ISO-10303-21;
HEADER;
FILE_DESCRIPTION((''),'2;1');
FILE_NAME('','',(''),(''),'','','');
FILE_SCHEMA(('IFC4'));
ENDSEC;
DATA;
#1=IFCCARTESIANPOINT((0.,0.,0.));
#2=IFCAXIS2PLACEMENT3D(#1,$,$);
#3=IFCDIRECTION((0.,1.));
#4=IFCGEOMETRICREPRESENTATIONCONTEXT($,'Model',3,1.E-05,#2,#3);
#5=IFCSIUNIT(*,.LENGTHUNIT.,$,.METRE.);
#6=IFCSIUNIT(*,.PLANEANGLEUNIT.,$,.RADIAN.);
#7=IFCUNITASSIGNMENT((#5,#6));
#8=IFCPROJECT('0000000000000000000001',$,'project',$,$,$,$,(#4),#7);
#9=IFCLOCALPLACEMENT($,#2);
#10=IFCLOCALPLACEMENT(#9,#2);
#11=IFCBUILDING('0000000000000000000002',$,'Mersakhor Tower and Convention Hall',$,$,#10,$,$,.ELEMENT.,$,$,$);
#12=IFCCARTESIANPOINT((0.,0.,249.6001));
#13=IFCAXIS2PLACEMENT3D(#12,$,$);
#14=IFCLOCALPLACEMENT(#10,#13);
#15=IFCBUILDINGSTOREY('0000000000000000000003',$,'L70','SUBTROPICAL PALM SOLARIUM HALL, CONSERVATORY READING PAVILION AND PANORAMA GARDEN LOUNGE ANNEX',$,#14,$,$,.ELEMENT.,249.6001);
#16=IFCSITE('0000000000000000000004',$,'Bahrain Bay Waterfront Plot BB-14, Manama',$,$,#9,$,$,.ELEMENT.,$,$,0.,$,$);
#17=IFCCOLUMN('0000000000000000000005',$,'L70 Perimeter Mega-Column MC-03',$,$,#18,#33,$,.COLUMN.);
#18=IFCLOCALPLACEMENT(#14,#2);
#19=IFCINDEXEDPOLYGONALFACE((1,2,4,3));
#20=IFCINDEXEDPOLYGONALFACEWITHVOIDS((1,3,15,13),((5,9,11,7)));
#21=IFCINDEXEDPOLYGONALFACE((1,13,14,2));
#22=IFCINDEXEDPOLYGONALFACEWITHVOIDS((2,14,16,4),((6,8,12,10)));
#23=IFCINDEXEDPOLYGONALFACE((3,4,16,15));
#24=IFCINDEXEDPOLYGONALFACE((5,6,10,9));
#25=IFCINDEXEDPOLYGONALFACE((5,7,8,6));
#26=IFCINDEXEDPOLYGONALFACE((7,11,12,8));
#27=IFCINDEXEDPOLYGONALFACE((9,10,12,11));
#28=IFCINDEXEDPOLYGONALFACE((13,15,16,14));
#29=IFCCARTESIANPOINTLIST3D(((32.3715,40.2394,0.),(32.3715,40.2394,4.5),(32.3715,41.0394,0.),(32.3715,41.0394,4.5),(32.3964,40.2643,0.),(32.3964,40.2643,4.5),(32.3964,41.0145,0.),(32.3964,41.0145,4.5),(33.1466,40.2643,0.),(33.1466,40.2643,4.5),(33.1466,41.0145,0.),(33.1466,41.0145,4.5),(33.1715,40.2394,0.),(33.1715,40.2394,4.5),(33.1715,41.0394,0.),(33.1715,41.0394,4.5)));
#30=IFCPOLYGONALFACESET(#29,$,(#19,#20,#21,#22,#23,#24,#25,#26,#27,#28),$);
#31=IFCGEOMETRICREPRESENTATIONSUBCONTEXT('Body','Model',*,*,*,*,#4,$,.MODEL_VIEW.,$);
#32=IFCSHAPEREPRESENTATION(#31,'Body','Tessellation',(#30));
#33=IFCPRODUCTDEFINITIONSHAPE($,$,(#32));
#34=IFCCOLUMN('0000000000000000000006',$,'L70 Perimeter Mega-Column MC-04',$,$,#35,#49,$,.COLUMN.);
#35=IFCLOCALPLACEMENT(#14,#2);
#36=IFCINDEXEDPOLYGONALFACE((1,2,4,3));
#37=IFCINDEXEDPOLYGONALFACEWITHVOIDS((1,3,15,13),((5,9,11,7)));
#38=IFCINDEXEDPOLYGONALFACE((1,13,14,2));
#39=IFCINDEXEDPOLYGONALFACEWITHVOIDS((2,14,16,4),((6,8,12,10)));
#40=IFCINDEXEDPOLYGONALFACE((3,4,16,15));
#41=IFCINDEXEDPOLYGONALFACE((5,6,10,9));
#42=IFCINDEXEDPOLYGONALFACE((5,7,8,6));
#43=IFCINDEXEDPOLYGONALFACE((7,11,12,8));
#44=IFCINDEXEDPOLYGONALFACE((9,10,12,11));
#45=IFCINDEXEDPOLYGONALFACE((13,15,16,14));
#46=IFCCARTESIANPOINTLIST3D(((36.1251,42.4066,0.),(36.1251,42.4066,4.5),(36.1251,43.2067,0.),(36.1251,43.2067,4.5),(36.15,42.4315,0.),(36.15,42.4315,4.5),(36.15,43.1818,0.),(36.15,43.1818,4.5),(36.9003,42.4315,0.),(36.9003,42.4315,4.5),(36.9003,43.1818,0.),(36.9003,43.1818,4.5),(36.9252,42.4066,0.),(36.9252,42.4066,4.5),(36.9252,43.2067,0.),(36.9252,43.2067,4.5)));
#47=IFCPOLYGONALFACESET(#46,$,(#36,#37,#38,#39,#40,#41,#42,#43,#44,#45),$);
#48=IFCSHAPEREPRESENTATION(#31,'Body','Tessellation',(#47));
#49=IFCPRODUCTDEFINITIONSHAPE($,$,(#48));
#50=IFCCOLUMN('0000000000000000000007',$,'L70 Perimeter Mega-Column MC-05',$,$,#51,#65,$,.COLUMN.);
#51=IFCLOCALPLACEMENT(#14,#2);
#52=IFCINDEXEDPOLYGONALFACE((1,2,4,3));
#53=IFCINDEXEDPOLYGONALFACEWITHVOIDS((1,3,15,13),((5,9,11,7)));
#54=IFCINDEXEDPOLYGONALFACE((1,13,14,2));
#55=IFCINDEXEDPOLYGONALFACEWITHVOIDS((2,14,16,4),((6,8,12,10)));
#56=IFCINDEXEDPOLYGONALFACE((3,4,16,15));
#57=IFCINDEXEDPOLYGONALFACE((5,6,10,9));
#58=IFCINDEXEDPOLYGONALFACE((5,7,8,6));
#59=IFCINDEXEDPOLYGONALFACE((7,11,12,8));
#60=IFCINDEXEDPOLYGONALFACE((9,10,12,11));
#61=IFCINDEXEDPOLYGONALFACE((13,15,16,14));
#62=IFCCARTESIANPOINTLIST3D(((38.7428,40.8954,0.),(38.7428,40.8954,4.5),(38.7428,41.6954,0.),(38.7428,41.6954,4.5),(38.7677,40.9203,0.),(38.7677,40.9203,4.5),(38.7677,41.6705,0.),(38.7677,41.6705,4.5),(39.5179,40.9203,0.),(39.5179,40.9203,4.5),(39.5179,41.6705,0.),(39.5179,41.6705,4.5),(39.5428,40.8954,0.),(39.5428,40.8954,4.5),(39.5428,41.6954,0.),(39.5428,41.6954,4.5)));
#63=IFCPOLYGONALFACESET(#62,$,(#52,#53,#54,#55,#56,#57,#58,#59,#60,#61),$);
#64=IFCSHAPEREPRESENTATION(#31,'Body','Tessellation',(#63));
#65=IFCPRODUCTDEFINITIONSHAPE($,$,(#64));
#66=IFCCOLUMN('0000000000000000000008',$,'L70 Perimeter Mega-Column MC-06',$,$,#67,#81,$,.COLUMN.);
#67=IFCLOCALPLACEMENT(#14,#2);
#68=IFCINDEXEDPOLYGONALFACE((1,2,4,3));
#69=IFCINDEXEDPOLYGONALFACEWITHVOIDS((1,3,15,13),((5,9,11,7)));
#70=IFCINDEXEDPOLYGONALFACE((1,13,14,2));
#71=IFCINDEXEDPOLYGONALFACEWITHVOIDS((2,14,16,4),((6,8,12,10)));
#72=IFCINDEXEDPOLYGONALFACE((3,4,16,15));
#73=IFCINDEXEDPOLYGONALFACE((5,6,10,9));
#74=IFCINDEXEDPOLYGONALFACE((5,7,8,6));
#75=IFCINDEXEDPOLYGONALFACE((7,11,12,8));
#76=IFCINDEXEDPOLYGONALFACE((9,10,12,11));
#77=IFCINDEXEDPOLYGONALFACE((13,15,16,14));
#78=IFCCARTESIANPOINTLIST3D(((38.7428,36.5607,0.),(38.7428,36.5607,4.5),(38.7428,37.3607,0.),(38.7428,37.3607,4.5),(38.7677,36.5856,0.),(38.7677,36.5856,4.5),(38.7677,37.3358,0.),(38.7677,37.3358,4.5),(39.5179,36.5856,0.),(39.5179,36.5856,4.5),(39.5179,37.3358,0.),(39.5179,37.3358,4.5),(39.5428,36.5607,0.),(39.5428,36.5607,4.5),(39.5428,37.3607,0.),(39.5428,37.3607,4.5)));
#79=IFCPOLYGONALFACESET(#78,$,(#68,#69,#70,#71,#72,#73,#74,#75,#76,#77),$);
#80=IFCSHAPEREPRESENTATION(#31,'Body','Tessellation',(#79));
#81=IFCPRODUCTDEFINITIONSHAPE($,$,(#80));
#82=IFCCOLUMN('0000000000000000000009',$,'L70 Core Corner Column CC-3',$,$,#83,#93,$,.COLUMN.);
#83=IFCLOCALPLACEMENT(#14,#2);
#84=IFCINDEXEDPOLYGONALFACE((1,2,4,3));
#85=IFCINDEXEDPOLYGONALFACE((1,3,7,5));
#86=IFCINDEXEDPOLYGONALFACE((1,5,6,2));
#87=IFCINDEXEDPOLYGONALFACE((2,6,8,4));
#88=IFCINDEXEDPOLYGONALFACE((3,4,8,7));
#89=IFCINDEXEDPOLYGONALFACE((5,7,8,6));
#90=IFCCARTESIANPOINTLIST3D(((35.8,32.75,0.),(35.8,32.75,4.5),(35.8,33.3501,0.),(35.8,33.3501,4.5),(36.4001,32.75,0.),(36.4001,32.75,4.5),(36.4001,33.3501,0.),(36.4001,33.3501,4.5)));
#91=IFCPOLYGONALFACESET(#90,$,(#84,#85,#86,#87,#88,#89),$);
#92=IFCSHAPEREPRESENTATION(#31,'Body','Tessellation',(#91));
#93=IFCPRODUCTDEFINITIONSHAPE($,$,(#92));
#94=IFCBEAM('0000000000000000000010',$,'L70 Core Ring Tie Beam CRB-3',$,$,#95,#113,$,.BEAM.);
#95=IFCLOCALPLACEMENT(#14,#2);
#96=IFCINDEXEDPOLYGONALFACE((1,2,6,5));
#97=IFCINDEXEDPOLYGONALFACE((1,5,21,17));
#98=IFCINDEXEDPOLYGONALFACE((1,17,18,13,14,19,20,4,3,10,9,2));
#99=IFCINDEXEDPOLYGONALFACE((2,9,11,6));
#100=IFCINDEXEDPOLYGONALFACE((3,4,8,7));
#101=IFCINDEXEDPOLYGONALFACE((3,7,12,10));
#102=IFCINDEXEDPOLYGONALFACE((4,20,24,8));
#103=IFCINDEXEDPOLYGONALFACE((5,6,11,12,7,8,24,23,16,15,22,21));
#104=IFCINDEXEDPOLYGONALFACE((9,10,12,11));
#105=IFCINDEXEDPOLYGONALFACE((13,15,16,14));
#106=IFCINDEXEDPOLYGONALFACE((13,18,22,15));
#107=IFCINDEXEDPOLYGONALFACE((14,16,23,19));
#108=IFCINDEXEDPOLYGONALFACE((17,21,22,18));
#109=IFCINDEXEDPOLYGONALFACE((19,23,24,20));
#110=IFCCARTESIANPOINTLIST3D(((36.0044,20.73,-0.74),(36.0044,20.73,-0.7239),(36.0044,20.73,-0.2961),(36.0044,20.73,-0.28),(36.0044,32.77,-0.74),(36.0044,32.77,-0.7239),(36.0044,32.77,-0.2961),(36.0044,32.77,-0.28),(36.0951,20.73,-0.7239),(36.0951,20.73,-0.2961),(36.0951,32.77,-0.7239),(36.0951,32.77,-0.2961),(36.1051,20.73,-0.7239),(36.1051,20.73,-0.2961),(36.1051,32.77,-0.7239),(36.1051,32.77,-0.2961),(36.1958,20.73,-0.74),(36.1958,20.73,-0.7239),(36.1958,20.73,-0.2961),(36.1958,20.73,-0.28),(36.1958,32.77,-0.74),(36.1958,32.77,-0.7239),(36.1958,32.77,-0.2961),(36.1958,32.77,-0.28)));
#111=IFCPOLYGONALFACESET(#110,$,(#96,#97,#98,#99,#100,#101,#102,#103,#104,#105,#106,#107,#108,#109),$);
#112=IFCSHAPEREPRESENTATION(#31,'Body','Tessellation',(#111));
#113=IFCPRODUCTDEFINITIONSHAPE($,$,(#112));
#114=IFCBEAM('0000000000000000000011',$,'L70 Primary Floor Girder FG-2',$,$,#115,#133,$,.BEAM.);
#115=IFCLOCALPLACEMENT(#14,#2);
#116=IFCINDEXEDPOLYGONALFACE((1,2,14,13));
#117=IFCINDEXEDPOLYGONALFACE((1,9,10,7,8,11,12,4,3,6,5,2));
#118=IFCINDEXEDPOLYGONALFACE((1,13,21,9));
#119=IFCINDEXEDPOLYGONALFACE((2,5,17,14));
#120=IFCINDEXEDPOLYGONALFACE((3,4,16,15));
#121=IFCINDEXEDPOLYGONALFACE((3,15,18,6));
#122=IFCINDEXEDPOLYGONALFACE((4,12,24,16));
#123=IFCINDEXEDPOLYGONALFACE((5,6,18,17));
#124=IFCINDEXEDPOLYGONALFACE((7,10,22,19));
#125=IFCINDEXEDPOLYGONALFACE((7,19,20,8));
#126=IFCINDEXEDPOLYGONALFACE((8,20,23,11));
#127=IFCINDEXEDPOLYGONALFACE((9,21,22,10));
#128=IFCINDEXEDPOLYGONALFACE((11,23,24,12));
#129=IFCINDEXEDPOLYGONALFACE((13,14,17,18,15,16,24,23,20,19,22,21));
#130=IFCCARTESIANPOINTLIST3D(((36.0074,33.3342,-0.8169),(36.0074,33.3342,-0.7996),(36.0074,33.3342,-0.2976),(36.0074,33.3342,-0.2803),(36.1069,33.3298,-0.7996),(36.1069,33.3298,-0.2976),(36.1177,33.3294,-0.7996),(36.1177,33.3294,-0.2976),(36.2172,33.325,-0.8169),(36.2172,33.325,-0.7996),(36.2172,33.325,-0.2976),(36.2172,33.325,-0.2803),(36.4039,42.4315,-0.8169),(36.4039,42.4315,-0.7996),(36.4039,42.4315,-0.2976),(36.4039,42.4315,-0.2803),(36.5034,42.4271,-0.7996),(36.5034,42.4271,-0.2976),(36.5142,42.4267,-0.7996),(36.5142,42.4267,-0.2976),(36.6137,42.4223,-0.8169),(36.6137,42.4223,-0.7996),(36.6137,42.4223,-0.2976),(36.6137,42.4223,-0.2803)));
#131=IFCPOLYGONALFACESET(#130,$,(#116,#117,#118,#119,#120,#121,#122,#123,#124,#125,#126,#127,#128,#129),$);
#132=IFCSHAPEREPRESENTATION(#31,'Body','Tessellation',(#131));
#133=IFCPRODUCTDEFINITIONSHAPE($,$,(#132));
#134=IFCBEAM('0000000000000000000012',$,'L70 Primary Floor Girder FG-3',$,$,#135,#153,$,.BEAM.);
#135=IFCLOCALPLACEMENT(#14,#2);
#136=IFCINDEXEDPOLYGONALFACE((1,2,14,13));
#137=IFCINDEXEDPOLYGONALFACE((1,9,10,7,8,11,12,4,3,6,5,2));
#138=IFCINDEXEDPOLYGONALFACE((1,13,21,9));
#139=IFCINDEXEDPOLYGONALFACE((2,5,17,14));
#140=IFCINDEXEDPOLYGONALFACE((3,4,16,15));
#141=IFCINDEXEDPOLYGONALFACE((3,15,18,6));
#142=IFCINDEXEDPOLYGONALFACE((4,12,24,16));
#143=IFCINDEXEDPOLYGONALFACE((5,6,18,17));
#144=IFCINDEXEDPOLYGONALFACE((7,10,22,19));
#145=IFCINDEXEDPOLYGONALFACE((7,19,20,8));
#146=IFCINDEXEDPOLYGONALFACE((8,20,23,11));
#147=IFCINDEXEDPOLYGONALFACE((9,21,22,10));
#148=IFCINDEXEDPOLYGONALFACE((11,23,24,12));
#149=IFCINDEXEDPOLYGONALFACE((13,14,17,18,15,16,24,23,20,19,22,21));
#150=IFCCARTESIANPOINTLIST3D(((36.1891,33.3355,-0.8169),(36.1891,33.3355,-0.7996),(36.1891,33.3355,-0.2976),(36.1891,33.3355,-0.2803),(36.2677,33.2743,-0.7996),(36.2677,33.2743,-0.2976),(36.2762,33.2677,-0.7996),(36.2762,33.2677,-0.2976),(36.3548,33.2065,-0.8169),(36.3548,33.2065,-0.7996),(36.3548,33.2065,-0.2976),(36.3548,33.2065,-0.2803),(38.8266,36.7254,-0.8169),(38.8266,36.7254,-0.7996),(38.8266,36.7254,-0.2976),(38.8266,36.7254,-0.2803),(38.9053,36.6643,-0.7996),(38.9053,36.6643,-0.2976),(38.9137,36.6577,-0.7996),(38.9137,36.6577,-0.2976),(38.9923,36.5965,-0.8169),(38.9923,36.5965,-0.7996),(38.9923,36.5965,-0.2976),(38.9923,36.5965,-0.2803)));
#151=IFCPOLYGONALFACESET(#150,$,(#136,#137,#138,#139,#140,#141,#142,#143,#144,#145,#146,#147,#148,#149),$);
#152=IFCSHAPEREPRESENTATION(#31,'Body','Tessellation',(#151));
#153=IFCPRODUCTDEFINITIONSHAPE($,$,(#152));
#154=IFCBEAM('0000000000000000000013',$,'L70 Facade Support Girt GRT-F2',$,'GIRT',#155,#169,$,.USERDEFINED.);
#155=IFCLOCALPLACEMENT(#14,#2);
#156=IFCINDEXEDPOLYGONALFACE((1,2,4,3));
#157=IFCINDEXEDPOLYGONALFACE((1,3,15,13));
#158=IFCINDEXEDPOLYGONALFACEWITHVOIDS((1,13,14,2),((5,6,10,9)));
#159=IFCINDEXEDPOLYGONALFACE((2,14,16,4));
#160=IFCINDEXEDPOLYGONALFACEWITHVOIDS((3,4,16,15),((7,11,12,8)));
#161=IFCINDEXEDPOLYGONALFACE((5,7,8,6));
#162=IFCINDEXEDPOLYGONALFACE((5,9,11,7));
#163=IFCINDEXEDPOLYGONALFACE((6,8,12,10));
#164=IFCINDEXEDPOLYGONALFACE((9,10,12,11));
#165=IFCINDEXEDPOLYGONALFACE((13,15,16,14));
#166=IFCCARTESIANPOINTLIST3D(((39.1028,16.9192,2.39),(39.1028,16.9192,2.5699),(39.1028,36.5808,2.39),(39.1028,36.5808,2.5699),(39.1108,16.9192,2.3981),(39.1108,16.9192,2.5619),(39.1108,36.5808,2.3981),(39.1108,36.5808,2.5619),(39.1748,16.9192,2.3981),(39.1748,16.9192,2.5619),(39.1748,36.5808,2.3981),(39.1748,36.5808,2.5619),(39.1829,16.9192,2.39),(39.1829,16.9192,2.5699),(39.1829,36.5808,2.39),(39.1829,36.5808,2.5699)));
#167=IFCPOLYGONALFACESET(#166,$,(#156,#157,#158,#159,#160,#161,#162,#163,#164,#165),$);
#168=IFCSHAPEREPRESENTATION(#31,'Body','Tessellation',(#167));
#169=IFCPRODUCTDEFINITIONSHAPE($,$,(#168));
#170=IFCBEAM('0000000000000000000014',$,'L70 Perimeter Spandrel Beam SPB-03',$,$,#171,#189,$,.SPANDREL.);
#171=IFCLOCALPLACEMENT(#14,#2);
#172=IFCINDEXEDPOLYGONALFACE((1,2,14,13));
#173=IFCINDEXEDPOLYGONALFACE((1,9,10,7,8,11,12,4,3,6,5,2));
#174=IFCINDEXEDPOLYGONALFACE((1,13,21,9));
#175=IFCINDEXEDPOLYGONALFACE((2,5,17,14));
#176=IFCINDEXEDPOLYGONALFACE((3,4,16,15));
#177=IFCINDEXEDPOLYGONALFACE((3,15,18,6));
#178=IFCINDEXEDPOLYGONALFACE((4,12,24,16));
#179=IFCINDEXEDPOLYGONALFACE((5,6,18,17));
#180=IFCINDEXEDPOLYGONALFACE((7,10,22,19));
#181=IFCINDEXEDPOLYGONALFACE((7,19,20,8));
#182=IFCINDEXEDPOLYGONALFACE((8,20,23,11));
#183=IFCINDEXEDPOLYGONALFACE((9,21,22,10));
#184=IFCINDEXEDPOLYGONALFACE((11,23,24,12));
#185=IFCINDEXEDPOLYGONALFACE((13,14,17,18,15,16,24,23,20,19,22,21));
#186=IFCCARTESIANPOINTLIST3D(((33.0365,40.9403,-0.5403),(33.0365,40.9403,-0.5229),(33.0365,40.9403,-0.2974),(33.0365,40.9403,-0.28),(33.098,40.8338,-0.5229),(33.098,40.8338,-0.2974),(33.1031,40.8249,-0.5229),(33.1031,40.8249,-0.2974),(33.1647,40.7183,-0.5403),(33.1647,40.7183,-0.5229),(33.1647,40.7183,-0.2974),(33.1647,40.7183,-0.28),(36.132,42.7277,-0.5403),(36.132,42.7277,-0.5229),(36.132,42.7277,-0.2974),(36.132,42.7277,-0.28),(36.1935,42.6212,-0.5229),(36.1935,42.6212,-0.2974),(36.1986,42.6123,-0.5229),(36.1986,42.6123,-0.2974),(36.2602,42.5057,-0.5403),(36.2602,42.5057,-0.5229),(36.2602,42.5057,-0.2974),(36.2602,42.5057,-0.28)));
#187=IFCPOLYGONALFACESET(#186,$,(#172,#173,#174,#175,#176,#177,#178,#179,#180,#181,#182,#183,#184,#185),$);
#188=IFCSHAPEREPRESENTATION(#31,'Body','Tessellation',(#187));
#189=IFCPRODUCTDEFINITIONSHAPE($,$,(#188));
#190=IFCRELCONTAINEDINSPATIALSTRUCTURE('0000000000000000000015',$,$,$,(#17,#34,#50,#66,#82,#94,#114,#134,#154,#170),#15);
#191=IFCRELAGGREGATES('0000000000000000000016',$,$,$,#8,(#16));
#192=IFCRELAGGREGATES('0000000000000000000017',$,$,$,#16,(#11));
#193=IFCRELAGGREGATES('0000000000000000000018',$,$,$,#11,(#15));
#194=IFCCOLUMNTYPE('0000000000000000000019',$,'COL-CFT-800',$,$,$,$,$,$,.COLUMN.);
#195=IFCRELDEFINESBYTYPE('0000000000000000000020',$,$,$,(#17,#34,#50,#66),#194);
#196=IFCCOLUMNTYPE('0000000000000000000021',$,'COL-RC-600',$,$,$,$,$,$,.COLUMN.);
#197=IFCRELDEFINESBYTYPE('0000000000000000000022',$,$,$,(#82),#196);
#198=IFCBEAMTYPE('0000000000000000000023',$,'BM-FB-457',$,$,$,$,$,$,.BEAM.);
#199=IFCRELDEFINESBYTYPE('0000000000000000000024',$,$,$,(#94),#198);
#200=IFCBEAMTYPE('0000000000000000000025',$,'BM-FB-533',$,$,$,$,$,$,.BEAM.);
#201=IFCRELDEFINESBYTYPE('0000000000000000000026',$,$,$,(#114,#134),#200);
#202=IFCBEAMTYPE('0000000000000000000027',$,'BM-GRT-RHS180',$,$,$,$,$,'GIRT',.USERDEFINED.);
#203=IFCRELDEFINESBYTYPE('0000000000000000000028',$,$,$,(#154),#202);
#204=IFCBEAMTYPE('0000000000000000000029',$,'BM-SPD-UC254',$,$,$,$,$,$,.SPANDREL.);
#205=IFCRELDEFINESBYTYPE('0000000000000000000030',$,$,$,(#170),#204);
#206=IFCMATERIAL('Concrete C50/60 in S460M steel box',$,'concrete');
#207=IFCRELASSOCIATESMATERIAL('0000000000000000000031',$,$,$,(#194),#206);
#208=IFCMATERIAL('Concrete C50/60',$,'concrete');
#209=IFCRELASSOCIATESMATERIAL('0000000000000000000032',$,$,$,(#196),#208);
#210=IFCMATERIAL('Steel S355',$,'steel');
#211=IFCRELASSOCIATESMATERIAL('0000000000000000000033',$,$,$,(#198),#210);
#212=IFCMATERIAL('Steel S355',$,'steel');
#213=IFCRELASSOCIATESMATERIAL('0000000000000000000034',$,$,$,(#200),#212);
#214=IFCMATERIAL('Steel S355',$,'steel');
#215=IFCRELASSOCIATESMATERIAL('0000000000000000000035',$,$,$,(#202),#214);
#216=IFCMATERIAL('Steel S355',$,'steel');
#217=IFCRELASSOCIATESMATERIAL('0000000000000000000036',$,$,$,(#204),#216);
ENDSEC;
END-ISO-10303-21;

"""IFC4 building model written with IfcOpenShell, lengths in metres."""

from ifc_helpers import new_model, si_unit, direction, frame, origin, origin_2d, place, context, subcontext, project, spatial, rectangle, hollow_rectangle, i_section, extrude, material, material_profile, profile_set, type_object, element, save


model = new_model("IFC4")

# Units and contexts
model_context = context("Model", 3, precision=1e-05, world=origin(), true_north=direction((0.0, 1.0)))
body_context = subcontext(model_context, "Body", "Model", "MODEL_VIEW")
ifc_project = project(units=[si_unit("LENGTHUNIT", "METRE"), si_unit("PLANEANGLEUNIT", "RADIAN")], contexts=[model_context])

# Site, building, storey
site_placement = place(None, origin())
site = spatial("IfcSite", under=ifc_project, at=site_placement, Name="Bahrain Bay Waterfront Plot BB-14, Manama", CompositionType="ELEMENT", RefElevation=0.0)
building_placement = place(site_placement, origin())
building = spatial("IfcBuilding", under=site, at=building_placement, Name="Mersakhor Tower and Convention Hall", CompositionType="ELEMENT")
storey_placement = place(building_placement, frame((0.0, 0.0, 249.6001)))
storey = spatial("IfcBuildingStorey", under=building, at=storey_placement, Name="L70", Description="SUBTROPICAL PALM SOLARIUM HALL, CONSERVATORY READING PAVILION AND PANORAMA GARDEN LOUNGE ANNEX", CompositionType="ELEMENT", Elevation=249.6001)

# Columns
ifc_material_1 = material(Name="Concrete C50/60 in S460M steel box", Category="concrete")
ifc_material_profile_1 = material_profile(ifc_material_1, hollow_rectangle(XDim=0.8, YDim=0.8, WallThickness=0.0249, at=origin_2d()), Name="SHS 800x800x25")
ifc_profile_set_1 = profile_set([ifc_material_profile_1], Name="Concrete C50/60 in S460M steel box")
column_type_1 = type_object("IfcColumnType", Name="COL-CFT-800", PredefinedType="COLUMN", material=ifc_profile_set_1)
for number, where, z_axis, x_axis, name in (
    (1, (32.7715, 40.6394, 0.0), (0.0, 0.0, 1.0), (1.0, 0.0, 0.0), "L70 Perimeter Mega-Column MC-03"),
    (2, (36.5251, 42.8066, 0.0), (0.0, 0.0, 1.0), (1.0, 0.0, 0.0), "L70 Perimeter Mega-Column MC-04"),
    (3, (39.1428, 41.2954, 0.0), (0.0, 0.0, 1.0), (1.0, 0.0, 0.0), "L70 Perimeter Mega-Column MC-05"),
    (4, (39.1428, 36.9607, 0.0), (0.0, 0.0, 1.0), (1.0, 0.0, 0.0), "L70 Perimeter Mega-Column MC-06"),
):
    element("IfcColumn", number, at=place(storey_placement, frame(where, z_axis=z_axis, x_axis=x_axis)), inside=storey, type_object=column_type_1, Name=name, PredefinedType="COLUMN", context=body_context, shape_type="SweptSolid", body=[
        extrude(hollow_rectangle(XDim=0.8, YDim=0.8, WallThickness=0.0249, at=origin_2d()), origin(), (0.0, 0.0, 1.0), 4.5),
    ])
ifc_material_2 = material(Name="Concrete C50/60", Category="concrete")
ifc_material_profile_2 = material_profile(ifc_material_2, rectangle(XDim=0.6001, YDim=0.6001, at=origin_2d()), Name="RC 600x600")
ifc_profile_set_2 = profile_set([ifc_material_profile_2], Name="Concrete C50/60")
column_type_2 = type_object("IfcColumnType", Name="COL-RC-600", PredefinedType="COLUMN", material=ifc_profile_set_2)
column_placement = place(storey_placement, frame((36.1001, 33.05, 0.0), z_axis=(0.0, 0.0, 1.0), x_axis=(1.0, 0.0, 0.0)))
element("IfcColumn", 5, at=column_placement, inside=storey, type_object=column_type_2, Name="L70 Core Corner Column CC-3", PredefinedType="COLUMN", context=body_context, shape_type="SweptSolid", body=[
    extrude(rectangle(XDim=0.6001, YDim=0.6001, at=origin_2d()), origin(), (0.0, 0.0, 1.0), 4.5),
])

# Beams
ifc_material_3 = material(Name="Steel S355", Category="steel")
ifc_material_profile_3 = material_profile(ifc_material_3, i_section(OverallWidth=0.1914, OverallDepth=0.46, WebThickness=0.01, FlangeThickness=0.0161, at=origin_2d()), Name="UB 457x191x82")
ifc_profile_set_3 = profile_set([ifc_material_profile_3], Name="Steel S355")
beam_type_1 = type_object("IfcBeamType", Name="BM-FB-457", PredefinedType="BEAM", material=ifc_profile_set_3)
beam_1_placement = place(storey_placement, frame((36.1001, 32.77, -0.51), z_axis=(0.0, -1.0, 0.0), x_axis=(1.0, 0.0, 0.0)))
element("IfcBeam", 6, at=beam_1_placement, inside=storey, type_object=beam_type_1, Name="L70 Core Ring Tie Beam CRB-3", PredefinedType="BEAM", context=body_context, shape_type="SweptSolid", body=[
    extrude(i_section(OverallWidth=0.1914, OverallDepth=0.46, WebThickness=0.01, FlangeThickness=0.0161, at=origin_2d()), origin(), (0.0, 0.0, 1.0), 12.04),
])
ifc_material_4 = material(Name="Steel S355", Category="steel")
ifc_material_profile_4 = material_profile(ifc_material_4, i_section(OverallWidth=0.21, OverallDepth=0.5366, WebThickness=0.0107, FlangeThickness=0.0173, at=origin_2d()), Name="UB 533x210x101")
ifc_profile_set_4 = profile_set([ifc_material_profile_4], Name="Steel S355")
beam_type_2 = type_object("IfcBeamType", Name="BM-FB-533", PredefinedType="BEAM", material=ifc_profile_set_4)
beam_2_placement = place(storey_placement, frame((36.1123, 33.3296, -0.5486), z_axis=(0.043541, 0.999052, 0.0), x_axis=(-0.999052, 0.043541, 0.0)))
element("IfcBeam", 7, at=beam_2_placement, inside=storey, type_object=beam_type_2, Name="L70 Primary Floor Girder FG-2", PredefinedType="BEAM", context=body_context, shape_type="SweptSolid", body=[
    extrude(i_section(OverallWidth=0.21, OverallDepth=0.5366, WebThickness=0.0107, FlangeThickness=0.0173, at=origin_2d()), origin(), (0.0, 0.0, 1.0), 9.106),
])
beam_3_placement = place(storey_placement, frame((36.272, 33.271, -0.5486), z_axis=(0.614067, 0.789254, 0.0), x_axis=(-0.789254, 0.614067, 0.0)))
element("IfcBeam", 8, at=beam_3_placement, inside=storey, type_object=beam_type_2, Name="L70 Primary Floor Girder FG-3", PredefinedType="BEAM", context=body_context, shape_type="SweptSolid", body=[
    extrude(i_section(OverallWidth=0.21, OverallDepth=0.5366, WebThickness=0.0107, FlangeThickness=0.0173, at=origin_2d()), origin(), (0.0, 0.0, 1.0), 4.2952),
])
ifc_material_5 = material(Name="Steel S355", Category="steel")
ifc_material_profile_5 = material_profile(ifc_material_5, hollow_rectangle(XDim=0.0801, YDim=0.1799, WallThickness=0.0081, at=origin_2d()), Name="RHS 180x80x8")
ifc_profile_set_5 = profile_set([ifc_material_profile_5], Name="Steel S355")
beam_type_3 = type_object("IfcBeamType", Name="BM-GRT-RHS180", ElementType="GIRT", PredefinedType="USERDEFINED", material=ifc_profile_set_5)
beam_4_placement = place(storey_placement, frame((39.1428, 36.5808, 2.48), z_axis=(0.0, -1.0, 0.0), x_axis=(1.0, 0.0, 0.0)))
element("IfcBeam", 9, at=beam_4_placement, inside=storey, type_object=beam_type_3, Name="L70 Facade Support Girt GRT-F2", ObjectType="GIRT", PredefinedType="USERDEFINED", context=body_context, shape_type="SweptSolid", body=[
    extrude(hollow_rectangle(XDim=0.0801, YDim=0.1799, WallThickness=0.0081, at=origin_2d()), origin(), (0.0, 0.0, 1.0), 19.6616),
])
ifc_material_6 = material(Name="Steel S355", Category="steel")
ifc_material_profile_6 = material_profile(ifc_material_6, i_section(OverallWidth=0.2563, OverallDepth=0.2603, WebThickness=0.0103, FlangeThickness=0.0173, at=origin_2d()), Name="UC 254x254x89")
ifc_profile_set_6 = profile_set([ifc_material_profile_6], Name="Steel S355")
beam_type_4 = type_object("IfcBeamType", Name="BM-SPD-UC254", PredefinedType="SPANDREL", material=ifc_profile_set_6)
beam_5_placement = place(storey_placement, frame((33.1006, 40.8293, -0.4102), z_axis=(0.866002, 0.50004, 0.0), x_axis=(-0.50004, 0.866002, 0.0)))
element("IfcBeam", 10, at=beam_5_placement, inside=storey, type_object=beam_type_4, Name="L70 Perimeter Spandrel Beam SPB-03", PredefinedType="SPANDREL", context=body_context, shape_type="SweptSolid", body=[
    extrude(i_section(OverallWidth=0.2563, OverallDepth=0.2603, WebThickness=0.0103, FlangeThickness=0.0173, at=origin_2d()), origin(), (0.0, 0.0, 1.0), 3.5745),
])

save(model, "model.ifc")
